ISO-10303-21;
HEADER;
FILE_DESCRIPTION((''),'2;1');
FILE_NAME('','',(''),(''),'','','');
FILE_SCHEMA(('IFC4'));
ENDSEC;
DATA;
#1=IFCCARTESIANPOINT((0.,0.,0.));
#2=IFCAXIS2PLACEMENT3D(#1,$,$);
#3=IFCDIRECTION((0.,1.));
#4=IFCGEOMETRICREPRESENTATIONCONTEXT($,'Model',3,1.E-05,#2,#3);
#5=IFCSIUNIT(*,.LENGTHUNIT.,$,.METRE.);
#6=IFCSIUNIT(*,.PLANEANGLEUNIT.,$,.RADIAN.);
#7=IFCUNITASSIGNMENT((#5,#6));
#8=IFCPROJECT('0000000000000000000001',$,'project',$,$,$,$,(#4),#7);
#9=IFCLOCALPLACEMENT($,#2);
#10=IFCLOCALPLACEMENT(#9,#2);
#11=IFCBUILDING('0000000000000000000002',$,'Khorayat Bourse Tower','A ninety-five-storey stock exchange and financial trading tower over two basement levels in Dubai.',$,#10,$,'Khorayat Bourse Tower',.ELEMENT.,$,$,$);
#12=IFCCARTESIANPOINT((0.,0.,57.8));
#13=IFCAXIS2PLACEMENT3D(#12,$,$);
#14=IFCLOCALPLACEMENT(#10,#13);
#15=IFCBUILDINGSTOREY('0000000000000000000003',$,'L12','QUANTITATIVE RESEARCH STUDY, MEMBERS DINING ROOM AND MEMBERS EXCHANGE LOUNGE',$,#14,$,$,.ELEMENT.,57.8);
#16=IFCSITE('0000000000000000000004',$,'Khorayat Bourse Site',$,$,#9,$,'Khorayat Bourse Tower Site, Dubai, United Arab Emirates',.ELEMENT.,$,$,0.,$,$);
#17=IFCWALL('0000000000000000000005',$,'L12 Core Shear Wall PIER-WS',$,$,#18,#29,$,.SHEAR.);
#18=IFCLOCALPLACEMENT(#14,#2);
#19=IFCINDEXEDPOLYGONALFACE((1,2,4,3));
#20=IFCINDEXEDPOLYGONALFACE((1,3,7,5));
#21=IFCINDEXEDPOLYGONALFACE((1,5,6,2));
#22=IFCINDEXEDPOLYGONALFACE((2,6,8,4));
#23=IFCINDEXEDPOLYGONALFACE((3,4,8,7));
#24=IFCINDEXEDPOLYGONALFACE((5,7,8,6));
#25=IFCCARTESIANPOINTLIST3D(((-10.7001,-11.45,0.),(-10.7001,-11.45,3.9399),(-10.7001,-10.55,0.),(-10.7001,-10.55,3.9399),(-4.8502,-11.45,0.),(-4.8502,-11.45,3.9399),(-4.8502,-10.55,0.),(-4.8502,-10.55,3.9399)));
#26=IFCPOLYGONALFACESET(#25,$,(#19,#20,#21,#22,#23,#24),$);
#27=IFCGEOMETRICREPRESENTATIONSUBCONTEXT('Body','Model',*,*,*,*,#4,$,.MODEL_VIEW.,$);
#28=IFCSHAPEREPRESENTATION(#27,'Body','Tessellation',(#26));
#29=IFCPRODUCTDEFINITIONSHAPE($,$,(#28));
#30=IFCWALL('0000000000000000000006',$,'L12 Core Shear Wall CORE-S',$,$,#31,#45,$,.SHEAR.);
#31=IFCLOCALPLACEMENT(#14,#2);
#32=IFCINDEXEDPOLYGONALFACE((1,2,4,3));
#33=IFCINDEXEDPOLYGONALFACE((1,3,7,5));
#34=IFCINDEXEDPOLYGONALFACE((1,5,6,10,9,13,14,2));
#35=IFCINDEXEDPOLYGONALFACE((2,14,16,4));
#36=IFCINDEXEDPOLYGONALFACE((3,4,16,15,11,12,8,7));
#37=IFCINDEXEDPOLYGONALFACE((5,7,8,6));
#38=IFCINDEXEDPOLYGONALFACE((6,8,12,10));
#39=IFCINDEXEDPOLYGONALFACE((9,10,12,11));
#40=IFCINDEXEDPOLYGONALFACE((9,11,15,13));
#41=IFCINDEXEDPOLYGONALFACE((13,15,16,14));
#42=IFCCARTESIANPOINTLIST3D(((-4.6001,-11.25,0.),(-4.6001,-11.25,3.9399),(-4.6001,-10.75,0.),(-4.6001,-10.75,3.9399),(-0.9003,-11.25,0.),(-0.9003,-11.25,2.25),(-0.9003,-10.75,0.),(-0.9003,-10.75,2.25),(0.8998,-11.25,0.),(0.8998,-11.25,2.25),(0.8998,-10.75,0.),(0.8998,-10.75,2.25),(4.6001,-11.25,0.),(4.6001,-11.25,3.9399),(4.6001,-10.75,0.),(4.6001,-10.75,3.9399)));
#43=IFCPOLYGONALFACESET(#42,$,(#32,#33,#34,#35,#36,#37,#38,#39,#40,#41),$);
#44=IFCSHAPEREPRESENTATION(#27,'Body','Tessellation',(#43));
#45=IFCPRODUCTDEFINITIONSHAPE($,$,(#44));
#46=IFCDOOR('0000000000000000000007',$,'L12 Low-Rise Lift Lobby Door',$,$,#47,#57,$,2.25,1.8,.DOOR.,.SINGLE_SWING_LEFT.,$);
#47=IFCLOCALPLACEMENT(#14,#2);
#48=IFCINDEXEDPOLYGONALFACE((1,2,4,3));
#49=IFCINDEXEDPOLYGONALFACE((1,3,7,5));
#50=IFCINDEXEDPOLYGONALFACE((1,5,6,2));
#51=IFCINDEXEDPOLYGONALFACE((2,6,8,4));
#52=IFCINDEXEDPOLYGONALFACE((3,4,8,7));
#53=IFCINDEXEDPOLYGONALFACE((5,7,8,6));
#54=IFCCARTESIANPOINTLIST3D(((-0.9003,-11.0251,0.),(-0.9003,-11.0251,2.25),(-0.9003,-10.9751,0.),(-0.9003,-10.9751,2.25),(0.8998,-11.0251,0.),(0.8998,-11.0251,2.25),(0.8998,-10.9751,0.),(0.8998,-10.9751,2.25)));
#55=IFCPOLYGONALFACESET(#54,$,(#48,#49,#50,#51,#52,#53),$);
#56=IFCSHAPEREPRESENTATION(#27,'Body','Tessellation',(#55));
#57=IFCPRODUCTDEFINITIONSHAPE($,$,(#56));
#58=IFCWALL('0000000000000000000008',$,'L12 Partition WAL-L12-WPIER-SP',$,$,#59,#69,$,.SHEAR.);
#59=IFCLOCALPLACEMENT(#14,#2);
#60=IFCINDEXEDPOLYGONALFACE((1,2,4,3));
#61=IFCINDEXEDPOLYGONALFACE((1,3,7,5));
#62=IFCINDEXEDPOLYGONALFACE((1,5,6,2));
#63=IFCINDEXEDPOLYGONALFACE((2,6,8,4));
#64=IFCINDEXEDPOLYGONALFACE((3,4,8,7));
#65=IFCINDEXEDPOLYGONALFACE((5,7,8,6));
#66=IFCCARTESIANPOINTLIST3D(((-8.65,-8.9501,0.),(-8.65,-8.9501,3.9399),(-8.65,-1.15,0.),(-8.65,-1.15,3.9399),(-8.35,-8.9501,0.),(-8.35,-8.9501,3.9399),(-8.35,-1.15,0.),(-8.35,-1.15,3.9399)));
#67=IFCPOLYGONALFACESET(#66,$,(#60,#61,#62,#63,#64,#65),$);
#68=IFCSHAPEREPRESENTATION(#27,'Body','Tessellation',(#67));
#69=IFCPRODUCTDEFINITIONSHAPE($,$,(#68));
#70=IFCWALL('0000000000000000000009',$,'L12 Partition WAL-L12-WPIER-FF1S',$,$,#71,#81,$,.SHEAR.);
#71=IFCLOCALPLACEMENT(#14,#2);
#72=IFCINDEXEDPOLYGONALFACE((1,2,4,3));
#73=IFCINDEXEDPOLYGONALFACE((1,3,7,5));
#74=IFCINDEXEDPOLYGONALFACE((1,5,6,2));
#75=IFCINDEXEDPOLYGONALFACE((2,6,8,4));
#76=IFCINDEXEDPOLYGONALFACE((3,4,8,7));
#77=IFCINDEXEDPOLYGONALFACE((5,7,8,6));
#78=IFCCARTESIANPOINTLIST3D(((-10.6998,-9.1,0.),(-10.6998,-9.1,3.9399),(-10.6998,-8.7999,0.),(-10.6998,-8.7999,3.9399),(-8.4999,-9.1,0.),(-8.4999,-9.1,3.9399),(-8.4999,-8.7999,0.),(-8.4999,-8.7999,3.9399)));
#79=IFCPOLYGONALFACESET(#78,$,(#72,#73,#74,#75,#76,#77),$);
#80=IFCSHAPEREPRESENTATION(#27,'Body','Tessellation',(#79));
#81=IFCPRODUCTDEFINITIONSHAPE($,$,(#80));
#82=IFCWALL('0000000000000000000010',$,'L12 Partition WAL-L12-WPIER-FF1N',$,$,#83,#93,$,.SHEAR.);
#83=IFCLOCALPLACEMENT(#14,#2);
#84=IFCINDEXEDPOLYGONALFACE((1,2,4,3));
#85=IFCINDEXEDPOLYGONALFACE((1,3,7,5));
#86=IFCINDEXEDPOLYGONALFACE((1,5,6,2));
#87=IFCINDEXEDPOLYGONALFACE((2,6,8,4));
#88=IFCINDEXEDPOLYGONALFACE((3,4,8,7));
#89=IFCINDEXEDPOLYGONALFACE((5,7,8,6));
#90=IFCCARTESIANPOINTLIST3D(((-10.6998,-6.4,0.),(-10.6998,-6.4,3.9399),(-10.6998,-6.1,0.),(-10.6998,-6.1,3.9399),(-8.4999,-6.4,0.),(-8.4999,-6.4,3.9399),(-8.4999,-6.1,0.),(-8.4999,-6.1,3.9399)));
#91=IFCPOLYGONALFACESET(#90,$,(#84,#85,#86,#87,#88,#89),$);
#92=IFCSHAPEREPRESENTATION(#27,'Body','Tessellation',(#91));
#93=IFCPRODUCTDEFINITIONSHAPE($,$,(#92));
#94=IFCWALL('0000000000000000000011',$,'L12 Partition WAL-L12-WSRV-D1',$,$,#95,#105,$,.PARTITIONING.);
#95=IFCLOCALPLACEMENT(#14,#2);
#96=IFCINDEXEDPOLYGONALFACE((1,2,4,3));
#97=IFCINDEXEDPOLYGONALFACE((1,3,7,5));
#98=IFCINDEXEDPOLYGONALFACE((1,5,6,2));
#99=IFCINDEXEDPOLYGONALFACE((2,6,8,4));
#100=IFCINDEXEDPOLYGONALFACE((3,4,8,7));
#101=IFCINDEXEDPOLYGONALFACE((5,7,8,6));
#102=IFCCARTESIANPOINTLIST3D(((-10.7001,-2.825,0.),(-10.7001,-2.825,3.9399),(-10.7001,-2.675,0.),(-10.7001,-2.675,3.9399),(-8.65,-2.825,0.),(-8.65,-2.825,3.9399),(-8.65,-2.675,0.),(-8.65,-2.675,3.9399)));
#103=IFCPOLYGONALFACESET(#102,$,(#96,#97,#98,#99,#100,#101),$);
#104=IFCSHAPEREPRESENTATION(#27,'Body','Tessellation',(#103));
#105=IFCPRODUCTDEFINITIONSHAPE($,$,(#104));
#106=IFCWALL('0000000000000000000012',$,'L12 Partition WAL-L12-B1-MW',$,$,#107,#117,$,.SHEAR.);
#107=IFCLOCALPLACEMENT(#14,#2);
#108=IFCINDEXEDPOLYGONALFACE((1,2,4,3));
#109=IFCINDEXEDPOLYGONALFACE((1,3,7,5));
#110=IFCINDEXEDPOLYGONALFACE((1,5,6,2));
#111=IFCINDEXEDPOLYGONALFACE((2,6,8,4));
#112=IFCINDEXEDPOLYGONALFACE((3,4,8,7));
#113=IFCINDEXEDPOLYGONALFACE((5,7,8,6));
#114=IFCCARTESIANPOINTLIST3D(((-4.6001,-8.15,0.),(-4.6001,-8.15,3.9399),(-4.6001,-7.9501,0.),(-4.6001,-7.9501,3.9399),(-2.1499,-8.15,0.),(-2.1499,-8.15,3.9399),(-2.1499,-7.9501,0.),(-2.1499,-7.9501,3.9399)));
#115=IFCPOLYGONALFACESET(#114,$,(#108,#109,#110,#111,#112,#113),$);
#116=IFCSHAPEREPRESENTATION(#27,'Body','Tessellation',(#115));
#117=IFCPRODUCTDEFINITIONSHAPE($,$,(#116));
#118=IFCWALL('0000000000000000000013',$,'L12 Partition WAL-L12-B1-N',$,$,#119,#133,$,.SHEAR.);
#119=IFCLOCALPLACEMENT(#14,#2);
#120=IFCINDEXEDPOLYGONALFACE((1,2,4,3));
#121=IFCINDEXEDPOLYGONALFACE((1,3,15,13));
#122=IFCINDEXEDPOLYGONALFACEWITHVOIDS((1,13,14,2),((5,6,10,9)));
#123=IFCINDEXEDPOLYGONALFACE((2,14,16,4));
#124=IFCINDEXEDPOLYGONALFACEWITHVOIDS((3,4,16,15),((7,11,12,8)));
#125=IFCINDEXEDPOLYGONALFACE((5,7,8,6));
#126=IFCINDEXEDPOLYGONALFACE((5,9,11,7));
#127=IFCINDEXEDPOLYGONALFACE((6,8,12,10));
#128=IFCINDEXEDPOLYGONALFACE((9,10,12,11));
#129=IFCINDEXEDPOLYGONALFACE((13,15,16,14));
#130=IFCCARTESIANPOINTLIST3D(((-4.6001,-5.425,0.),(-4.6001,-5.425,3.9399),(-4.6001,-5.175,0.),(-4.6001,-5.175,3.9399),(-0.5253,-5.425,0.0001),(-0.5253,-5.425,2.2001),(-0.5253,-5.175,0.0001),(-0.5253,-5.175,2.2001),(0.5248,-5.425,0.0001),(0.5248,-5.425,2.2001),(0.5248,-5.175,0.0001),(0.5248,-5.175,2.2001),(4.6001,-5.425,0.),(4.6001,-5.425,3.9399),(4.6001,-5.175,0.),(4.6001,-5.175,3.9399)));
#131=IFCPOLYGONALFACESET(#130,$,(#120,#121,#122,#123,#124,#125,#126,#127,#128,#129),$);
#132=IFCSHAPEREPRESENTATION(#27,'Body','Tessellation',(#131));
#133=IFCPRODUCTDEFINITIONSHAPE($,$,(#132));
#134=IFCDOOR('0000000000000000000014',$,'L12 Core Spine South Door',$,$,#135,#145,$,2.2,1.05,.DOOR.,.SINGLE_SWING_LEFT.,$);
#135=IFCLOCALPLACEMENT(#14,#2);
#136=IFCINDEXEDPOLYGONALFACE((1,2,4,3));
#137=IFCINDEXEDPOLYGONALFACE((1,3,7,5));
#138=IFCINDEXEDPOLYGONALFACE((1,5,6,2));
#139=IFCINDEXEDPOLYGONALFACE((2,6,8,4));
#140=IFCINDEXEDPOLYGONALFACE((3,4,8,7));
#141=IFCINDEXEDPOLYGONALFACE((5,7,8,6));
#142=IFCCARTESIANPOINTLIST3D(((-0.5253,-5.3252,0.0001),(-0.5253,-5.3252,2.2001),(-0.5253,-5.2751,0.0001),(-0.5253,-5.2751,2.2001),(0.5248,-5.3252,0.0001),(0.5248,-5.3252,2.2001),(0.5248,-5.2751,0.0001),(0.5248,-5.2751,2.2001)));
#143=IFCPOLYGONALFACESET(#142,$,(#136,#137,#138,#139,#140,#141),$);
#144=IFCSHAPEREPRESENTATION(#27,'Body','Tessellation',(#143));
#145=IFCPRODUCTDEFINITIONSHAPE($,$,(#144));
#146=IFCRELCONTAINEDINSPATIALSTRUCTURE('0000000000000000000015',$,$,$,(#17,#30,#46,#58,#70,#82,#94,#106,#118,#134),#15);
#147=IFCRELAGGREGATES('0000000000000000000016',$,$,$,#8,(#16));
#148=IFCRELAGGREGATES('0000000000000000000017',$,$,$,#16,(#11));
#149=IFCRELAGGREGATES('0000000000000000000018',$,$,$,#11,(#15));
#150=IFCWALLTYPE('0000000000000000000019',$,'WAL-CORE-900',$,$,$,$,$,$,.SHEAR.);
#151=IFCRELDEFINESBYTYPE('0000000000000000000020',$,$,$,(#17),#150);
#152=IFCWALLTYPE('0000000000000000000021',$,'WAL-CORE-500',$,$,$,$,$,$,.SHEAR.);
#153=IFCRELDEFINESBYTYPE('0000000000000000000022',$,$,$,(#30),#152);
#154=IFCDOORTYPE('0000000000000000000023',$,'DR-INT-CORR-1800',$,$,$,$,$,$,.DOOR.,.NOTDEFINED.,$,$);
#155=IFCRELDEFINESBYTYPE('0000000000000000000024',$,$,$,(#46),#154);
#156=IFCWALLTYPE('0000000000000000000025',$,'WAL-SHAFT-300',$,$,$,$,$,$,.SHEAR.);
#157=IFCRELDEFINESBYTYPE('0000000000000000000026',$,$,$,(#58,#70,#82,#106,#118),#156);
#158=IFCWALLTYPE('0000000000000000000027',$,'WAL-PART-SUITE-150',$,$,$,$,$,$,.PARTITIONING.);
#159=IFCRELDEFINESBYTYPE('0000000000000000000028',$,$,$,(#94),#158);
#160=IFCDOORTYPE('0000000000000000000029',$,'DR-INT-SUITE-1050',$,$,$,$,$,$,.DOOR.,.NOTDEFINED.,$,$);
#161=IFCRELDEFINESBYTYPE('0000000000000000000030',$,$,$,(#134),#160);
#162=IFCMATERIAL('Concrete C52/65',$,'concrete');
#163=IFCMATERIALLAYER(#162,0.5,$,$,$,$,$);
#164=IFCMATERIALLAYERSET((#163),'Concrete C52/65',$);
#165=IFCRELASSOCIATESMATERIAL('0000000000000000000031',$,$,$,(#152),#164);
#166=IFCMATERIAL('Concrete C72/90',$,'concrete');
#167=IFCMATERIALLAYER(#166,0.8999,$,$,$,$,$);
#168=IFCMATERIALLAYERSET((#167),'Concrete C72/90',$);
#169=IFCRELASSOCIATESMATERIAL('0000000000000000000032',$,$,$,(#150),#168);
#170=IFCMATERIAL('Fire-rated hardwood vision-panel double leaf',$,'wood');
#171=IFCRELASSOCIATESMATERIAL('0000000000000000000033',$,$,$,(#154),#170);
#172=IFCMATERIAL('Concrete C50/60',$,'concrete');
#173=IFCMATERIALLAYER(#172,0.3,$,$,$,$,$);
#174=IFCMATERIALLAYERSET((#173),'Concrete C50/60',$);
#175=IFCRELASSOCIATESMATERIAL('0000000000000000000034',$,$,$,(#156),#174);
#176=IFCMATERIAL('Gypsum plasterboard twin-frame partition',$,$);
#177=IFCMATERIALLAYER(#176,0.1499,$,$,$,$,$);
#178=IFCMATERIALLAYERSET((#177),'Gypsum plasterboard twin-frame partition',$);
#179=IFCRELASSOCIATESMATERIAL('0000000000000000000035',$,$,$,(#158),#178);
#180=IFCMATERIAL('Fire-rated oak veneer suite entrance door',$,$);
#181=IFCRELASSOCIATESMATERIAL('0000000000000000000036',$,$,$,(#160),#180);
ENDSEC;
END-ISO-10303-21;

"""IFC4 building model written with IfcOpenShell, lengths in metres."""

from ifc_helpers import new_model, si_unit, direction, frame, frame_2d, origin, place, context, subcontext, project, spatial, rectangle, extrude, source, transform, mapped, material, layer, layer_set, type_object, element, fill, save


model = new_model("IFC4")

# Units and contexts
model_context = context("Model", 3, precision=1e-05, world=origin(), true_north=direction((0.0, 1.0)))
body_context = subcontext(model_context, "Body", "Model", "MODEL_VIEW")
ifc_project = project(units=[si_unit("LENGTHUNIT", "METRE"), si_unit("PLANEANGLEUNIT", "RADIAN")], contexts=[model_context])

# Site, building, storey
site_placement = place(None, origin())
site = spatial("IfcSite", under=ifc_project, at=site_placement, Name="Khorayat Bourse Site", LongName="Khorayat Bourse Tower Site, Dubai, United Arab Emirates", CompositionType="ELEMENT", RefElevation=0.0)
building_placement = place(site_placement, origin())
building = spatial("IfcBuilding", under=site, at=building_placement, Name="Khorayat Bourse Tower", Description="A ninety-five-storey stock exchange and financial trading tower over two basement levels in Dubai.", LongName="Khorayat Bourse Tower", CompositionType="ELEMENT")
storey_placement = place(building_placement, frame((0.0, 0.0, 57.8)))
storey = spatial("IfcBuildingStorey", under=building, at=storey_placement, Name="L12", Description="QUANTITATIVE RESEARCH STUDY, MEMBERS DINING ROOM AND MEMBERS EXCHANGE LOUNGE", CompositionType="ELEMENT", Elevation=57.8)

# Shared definitions
ifc_material_1 = material(Name="Concrete C72/90", Category="concrete")

# Wall
ifc_material_2 = material(Name="Concrete C52/65", Category="concrete")
ifc_layer_1 = layer(ifc_material_2, 0.5)
ifc_layer_set_1 = layer_set([ifc_layer_1], Name="Concrete C52/65")
wall_type_1 = type_object("IfcWallType", Name="WAL-CORE-500", PredefinedType="SHEAR", material=ifc_layer_set_1)
ifc_layer_2 = layer(ifc_material_1, 0.8999)
ifc_layer_set_2 = layer_set([ifc_layer_2], Name="Concrete C72/90")
wall_type_2 = type_object("IfcWallType", Name="WAL-CORE-900", PredefinedType="SHEAR", material=ifc_layer_set_2)
shared_shape_1 = source(origin(), body_context, "Body", "SweptSolid", [
    extrude(rectangle(XDim=5.8499, YDim=0.8999, at=frame_2d((2.9248, 0.0))), origin(), (0.0, 0.0, 1.0), 3.9399),
])
wall_1_placement = place(storey_placement, frame((-10.7, -11.0, 0.0), z_axis=(0.0, 0.0, 1.0), x_axis=(1.0, 0.0, 0.0)))
element("IfcWall", 1, at=wall_1_placement, inside=storey, type_object=wall_type_2, Name="L12 Core Shear Wall PIER-WS", PredefinedType="SHEAR", context=body_context, shape_type="MappedRepresentation", body=[
    mapped(shared_shape_1, transform((0.0, 0.0, 0.0), scale=1.0)),
])

# Wall, opening, door
shared_shape_2 = source(origin(), body_context, "Body", "SweptSolid", [
    extrude(rectangle(XDim=9.2002, YDim=0.5, at=frame_2d((4.6001, 0.0))), origin(), (0.0, 0.0, 1.0), 3.9399),
])
wall_2_placement = place(storey_placement, frame((-4.6001, -11.0, 0.0), z_axis=(0.0, 0.0, 1.0), x_axis=(1.0, 0.0, 0.0)))
wall_2 = element("IfcWall", 2, at=wall_2_placement, inside=storey, type_object=wall_type_1, Name="L12 Core Shear Wall CORE-S", PredefinedType="SHEAR", context=body_context, shape_type="MappedRepresentation", body=[
    mapped(shared_shape_2, transform((0.0, 0.0, 0.0), scale=1.0)),
])
shared_shape_3 = source(origin(), body_context, "Body", "SweptSolid", [
    extrude(rectangle(XDim=1.8, YDim=2.25, at=frame_2d((0.8999, 1.125))), frame((0.0, 0.26, 0.0), z_axis=(0.0, -1.0, 0.0), x_axis=(1.0, 0.0, 0.0)), (0.0, 0.0, 1.0), 0.52),
])
opening_1_placement = place(wall_2_placement, frame((3.7, 0.0, 0.0)))
opening_1 = element("IfcOpeningElement", 3, at=opening_1_placement, cuts=wall_2, PredefinedType="OPENING", context=body_context, shape_type="MappedRepresentation", body=[
    mapped(shared_shape_3, transform((0.0, 0.0, 0.0), scale=1.0)),
])
ifc_material_3 = material(Name="Fire-rated hardwood vision-panel double leaf", Category="wood")
door_type_1 = type_object("IfcDoorType", Name="DR-INT-CORR-1800", OperationType="NOTDEFINED", PredefinedType="DOOR", material=ifc_material_3)
shared_shape_4 = source(origin(), body_context, "Body", "SweptSolid", [
    extrude(rectangle(XDim=1.8, YDim=2.25, at=frame_2d((0.8999, 1.125))), frame((0.0, 0.0249, 0.0), z_axis=(0.0, -1.0, 0.0), x_axis=(1.0, 0.0, 0.0)), (0.0, 0.0, 1.0), 0.05),
])
door_1_placement = place(opening_1_placement, origin())
door_1 = element("IfcDoor", 4, at=door_1_placement, inside=storey, type_object=door_type_1, Name="L12 Low-Rise Lift Lobby Door", OperationType="SINGLE_SWING_LEFT", OverallHeight=2.25, OverallWidth=1.8, PredefinedType="DOOR", context=body_context, shape_type="MappedRepresentation", body=[
    mapped(shared_shape_4, transform((0.0, 0.0, 0.0), scale=1.0)),
])
fill(opening_1, door_1)

# Walls
ifc_material_4 = material(Name="Concrete C50/60", Category="concrete")
ifc_layer_3 = layer(ifc_material_4, 0.3)
ifc_layer_set_3 = layer_set([ifc_layer_3], Name="Concrete C50/60")
wall_type_3 = type_object("IfcWallType", Name="WAL-SHAFT-300", PredefinedType="SHEAR", material=ifc_layer_set_3)
shared_shape_5 = source(origin(), body_context, "Body", "SweptSolid", [
    extrude(rectangle(XDim=7.8, YDim=0.3, at=frame_2d((3.8999, 0.0))), origin(), (0.0, 0.0, 1.0), 3.9399),
])
wall_3_placement = place(storey_placement, frame((-8.5, -8.95, 0.0), z_axis=(0.0, 0.0, 1.0), x_axis=(0.0, 1.0, 0.0)))
element("IfcWall", 5, at=wall_3_placement, inside=storey, type_object=wall_type_3, Name="L12 Partition WAL-L12-WPIER-SP", PredefinedType="SHEAR", context=body_context, shape_type="MappedRepresentation", body=[
    mapped(shared_shape_5, transform((0.0, 0.0, 0.0), scale=1.0)),
])
shared_shape_6 = source(origin(), body_context, "Body", "SweptSolid", [
    extrude(rectangle(XDim=2.2, YDim=0.3, at=frame_2d((1.1001, 0.0))), origin(), (0.0, 0.0, 1.0), 3.9399),
])
for number, where, z_axis, x_axis, name in (
    (6, (-10.7, -8.95, 0.0), (0.0, 0.0, 1.0), (1.0, 0.0, 0.0), "L12 Partition WAL-L12-WPIER-FF1S"),
    (7, (-10.7, -6.25, 0.0), (0.0, 0.0, 1.0), (1.0, 0.0, 0.0), "L12 Partition WAL-L12-WPIER-FF1N"),
):
    element("IfcWall", number, at=place(storey_placement, frame(where, z_axis=z_axis, x_axis=x_axis)), inside=storey, type_object=wall_type_3, Name=name, PredefinedType="SHEAR", context=body_context, shape_type="MappedRepresentation", body=[
        mapped(shared_shape_6, transform((0.0, 0.0, 0.0), scale=1.0)),
    ])
ifc_material_5 = material(Name="Gypsum plasterboard twin-frame partition")
ifc_layer_4 = layer(ifc_material_5, 0.1499)
ifc_layer_set_4 = layer_set([ifc_layer_4], Name="Gypsum plasterboard twin-frame partition")
wall_type_4 = type_object("IfcWallType", Name="WAL-PART-SUITE-150", PredefinedType="PARTITIONING", material=ifc_layer_set_4)
shared_shape_7 = source(origin(), body_context, "Body", "SweptSolid", [
    extrude(rectangle(XDim=2.05, YDim=0.1499, at=frame_2d((1.0249, 0.0))), origin(), (0.0, 0.0, 1.0), 3.9399),
])
wall_4_placement = place(storey_placement, frame((-10.7, -2.75, 0.0), z_axis=(0.0, 0.0, 1.0), x_axis=(1.0, 0.0, 0.0)))
element("IfcWall", 8, at=wall_4_placement, inside=storey, type_object=wall_type_4, Name="L12 Partition WAL-L12-WSRV-D1", PredefinedType="PARTITIONING", context=body_context, shape_type="MappedRepresentation", body=[
    mapped(shared_shape_7, transform((0.0, 0.0, 0.0), scale=1.0)),
])
shared_shape_8 = source(origin(), body_context, "Body", "SweptSolid", [
    extrude(rectangle(XDim=2.4502, YDim=0.2, at=frame_2d((1.2251, 0.0))), origin(), (0.0, 0.0, 1.0), 3.9399),
])
wall_5_placement = place(storey_placement, frame((-4.6001, -8.05, 0.0), z_axis=(0.0, 0.0, 1.0), x_axis=(1.0, 0.0, 0.0)))
element("IfcWall", 9, at=wall_5_placement, inside=storey, type_object=wall_type_3, Name="L12 Partition WAL-L12-B1-MW", PredefinedType="SHEAR", context=body_context, shape_type="MappedRepresentation", body=[
    mapped(shared_shape_8, transform((0.0, 0.0, 0.0), scale=1.0)),
])

# Wall, opening, door
shared_shape_9 = source(origin(), body_context, "Body", "SweptSolid", [
    extrude(rectangle(XDim=9.2002, YDim=0.25, at=frame_2d((4.6001, 0.0))), origin(), (0.0, 0.0, 1.0), 3.9399),
])
wall_6_placement = place(storey_placement, frame((-4.6001, -5.3, 0.0), z_axis=(0.0, 0.0, 1.0), x_axis=(1.0, 0.0, 0.0)))
wall_6 = element("IfcWall", 10, at=wall_6_placement, inside=storey, type_object=wall_type_3, Name="L12 Partition WAL-L12-B1-N", PredefinedType="SHEAR", context=body_context, shape_type="MappedRepresentation", body=[
    mapped(shared_shape_9, transform((0.0, 0.0, 0.0), scale=1.0)),
])
shared_shape_10 = source(origin(), body_context, "Body", "SweptSolid", [
    extrude(rectangle(XDim=1.05, YDim=2.2, at=frame_2d((0.5249, 1.1001))), frame((0.0, 0.135, 0.0), z_axis=(0.0, -1.0, 0.0), x_axis=(1.0, 0.0, 0.0)), (0.0, 0.0, 1.0), 0.27),
])
opening_2_placement = place(wall_6_placement, frame((4.075, 0.0, 0.0)))
opening_2 = element("IfcOpeningElement", 11, at=opening_2_placement, cuts=wall_6, PredefinedType="OPENING", context=body_context, shape_type="MappedRepresentation", body=[
    mapped(shared_shape_10, transform((0.0, 0.0, 0.0), scale=1.0)),
])
ifc_material_6 = material(Name="Fire-rated oak veneer suite entrance door")
door_type_2 = type_object("IfcDoorType", Name="DR-INT-SUITE-1050", OperationType="NOTDEFINED", PredefinedType="DOOR", material=ifc_material_6)
shared_shape_11 = source(origin(), body_context, "Body", "SweptSolid", [
    extrude(rectangle(XDim=1.05, YDim=2.2, at=frame_2d((0.5249, 1.1001))), frame((0.0, 0.0249, 0.0), z_axis=(0.0, -1.0, 0.0), x_axis=(1.0, 0.0, 0.0)), (0.0, 0.0, 1.0), 0.05),
])
door_2_placement = place(opening_2_placement, origin())
door_2 = element("IfcDoor", 12, at=door_2_placement, inside=storey, type_object=door_type_2, Name="L12 Core Spine South Door", OperationType="SINGLE_SWING_LEFT", OverallHeight=2.2, OverallWidth=1.05, PredefinedType="DOOR", context=body_context, shape_type="MappedRepresentation", body=[
    mapped(shared_shape_11, transform((0.0, 0.0, 0.0), scale=1.0)),
])
fill(opening_2, door_2)

save(model, "model.ifc")
